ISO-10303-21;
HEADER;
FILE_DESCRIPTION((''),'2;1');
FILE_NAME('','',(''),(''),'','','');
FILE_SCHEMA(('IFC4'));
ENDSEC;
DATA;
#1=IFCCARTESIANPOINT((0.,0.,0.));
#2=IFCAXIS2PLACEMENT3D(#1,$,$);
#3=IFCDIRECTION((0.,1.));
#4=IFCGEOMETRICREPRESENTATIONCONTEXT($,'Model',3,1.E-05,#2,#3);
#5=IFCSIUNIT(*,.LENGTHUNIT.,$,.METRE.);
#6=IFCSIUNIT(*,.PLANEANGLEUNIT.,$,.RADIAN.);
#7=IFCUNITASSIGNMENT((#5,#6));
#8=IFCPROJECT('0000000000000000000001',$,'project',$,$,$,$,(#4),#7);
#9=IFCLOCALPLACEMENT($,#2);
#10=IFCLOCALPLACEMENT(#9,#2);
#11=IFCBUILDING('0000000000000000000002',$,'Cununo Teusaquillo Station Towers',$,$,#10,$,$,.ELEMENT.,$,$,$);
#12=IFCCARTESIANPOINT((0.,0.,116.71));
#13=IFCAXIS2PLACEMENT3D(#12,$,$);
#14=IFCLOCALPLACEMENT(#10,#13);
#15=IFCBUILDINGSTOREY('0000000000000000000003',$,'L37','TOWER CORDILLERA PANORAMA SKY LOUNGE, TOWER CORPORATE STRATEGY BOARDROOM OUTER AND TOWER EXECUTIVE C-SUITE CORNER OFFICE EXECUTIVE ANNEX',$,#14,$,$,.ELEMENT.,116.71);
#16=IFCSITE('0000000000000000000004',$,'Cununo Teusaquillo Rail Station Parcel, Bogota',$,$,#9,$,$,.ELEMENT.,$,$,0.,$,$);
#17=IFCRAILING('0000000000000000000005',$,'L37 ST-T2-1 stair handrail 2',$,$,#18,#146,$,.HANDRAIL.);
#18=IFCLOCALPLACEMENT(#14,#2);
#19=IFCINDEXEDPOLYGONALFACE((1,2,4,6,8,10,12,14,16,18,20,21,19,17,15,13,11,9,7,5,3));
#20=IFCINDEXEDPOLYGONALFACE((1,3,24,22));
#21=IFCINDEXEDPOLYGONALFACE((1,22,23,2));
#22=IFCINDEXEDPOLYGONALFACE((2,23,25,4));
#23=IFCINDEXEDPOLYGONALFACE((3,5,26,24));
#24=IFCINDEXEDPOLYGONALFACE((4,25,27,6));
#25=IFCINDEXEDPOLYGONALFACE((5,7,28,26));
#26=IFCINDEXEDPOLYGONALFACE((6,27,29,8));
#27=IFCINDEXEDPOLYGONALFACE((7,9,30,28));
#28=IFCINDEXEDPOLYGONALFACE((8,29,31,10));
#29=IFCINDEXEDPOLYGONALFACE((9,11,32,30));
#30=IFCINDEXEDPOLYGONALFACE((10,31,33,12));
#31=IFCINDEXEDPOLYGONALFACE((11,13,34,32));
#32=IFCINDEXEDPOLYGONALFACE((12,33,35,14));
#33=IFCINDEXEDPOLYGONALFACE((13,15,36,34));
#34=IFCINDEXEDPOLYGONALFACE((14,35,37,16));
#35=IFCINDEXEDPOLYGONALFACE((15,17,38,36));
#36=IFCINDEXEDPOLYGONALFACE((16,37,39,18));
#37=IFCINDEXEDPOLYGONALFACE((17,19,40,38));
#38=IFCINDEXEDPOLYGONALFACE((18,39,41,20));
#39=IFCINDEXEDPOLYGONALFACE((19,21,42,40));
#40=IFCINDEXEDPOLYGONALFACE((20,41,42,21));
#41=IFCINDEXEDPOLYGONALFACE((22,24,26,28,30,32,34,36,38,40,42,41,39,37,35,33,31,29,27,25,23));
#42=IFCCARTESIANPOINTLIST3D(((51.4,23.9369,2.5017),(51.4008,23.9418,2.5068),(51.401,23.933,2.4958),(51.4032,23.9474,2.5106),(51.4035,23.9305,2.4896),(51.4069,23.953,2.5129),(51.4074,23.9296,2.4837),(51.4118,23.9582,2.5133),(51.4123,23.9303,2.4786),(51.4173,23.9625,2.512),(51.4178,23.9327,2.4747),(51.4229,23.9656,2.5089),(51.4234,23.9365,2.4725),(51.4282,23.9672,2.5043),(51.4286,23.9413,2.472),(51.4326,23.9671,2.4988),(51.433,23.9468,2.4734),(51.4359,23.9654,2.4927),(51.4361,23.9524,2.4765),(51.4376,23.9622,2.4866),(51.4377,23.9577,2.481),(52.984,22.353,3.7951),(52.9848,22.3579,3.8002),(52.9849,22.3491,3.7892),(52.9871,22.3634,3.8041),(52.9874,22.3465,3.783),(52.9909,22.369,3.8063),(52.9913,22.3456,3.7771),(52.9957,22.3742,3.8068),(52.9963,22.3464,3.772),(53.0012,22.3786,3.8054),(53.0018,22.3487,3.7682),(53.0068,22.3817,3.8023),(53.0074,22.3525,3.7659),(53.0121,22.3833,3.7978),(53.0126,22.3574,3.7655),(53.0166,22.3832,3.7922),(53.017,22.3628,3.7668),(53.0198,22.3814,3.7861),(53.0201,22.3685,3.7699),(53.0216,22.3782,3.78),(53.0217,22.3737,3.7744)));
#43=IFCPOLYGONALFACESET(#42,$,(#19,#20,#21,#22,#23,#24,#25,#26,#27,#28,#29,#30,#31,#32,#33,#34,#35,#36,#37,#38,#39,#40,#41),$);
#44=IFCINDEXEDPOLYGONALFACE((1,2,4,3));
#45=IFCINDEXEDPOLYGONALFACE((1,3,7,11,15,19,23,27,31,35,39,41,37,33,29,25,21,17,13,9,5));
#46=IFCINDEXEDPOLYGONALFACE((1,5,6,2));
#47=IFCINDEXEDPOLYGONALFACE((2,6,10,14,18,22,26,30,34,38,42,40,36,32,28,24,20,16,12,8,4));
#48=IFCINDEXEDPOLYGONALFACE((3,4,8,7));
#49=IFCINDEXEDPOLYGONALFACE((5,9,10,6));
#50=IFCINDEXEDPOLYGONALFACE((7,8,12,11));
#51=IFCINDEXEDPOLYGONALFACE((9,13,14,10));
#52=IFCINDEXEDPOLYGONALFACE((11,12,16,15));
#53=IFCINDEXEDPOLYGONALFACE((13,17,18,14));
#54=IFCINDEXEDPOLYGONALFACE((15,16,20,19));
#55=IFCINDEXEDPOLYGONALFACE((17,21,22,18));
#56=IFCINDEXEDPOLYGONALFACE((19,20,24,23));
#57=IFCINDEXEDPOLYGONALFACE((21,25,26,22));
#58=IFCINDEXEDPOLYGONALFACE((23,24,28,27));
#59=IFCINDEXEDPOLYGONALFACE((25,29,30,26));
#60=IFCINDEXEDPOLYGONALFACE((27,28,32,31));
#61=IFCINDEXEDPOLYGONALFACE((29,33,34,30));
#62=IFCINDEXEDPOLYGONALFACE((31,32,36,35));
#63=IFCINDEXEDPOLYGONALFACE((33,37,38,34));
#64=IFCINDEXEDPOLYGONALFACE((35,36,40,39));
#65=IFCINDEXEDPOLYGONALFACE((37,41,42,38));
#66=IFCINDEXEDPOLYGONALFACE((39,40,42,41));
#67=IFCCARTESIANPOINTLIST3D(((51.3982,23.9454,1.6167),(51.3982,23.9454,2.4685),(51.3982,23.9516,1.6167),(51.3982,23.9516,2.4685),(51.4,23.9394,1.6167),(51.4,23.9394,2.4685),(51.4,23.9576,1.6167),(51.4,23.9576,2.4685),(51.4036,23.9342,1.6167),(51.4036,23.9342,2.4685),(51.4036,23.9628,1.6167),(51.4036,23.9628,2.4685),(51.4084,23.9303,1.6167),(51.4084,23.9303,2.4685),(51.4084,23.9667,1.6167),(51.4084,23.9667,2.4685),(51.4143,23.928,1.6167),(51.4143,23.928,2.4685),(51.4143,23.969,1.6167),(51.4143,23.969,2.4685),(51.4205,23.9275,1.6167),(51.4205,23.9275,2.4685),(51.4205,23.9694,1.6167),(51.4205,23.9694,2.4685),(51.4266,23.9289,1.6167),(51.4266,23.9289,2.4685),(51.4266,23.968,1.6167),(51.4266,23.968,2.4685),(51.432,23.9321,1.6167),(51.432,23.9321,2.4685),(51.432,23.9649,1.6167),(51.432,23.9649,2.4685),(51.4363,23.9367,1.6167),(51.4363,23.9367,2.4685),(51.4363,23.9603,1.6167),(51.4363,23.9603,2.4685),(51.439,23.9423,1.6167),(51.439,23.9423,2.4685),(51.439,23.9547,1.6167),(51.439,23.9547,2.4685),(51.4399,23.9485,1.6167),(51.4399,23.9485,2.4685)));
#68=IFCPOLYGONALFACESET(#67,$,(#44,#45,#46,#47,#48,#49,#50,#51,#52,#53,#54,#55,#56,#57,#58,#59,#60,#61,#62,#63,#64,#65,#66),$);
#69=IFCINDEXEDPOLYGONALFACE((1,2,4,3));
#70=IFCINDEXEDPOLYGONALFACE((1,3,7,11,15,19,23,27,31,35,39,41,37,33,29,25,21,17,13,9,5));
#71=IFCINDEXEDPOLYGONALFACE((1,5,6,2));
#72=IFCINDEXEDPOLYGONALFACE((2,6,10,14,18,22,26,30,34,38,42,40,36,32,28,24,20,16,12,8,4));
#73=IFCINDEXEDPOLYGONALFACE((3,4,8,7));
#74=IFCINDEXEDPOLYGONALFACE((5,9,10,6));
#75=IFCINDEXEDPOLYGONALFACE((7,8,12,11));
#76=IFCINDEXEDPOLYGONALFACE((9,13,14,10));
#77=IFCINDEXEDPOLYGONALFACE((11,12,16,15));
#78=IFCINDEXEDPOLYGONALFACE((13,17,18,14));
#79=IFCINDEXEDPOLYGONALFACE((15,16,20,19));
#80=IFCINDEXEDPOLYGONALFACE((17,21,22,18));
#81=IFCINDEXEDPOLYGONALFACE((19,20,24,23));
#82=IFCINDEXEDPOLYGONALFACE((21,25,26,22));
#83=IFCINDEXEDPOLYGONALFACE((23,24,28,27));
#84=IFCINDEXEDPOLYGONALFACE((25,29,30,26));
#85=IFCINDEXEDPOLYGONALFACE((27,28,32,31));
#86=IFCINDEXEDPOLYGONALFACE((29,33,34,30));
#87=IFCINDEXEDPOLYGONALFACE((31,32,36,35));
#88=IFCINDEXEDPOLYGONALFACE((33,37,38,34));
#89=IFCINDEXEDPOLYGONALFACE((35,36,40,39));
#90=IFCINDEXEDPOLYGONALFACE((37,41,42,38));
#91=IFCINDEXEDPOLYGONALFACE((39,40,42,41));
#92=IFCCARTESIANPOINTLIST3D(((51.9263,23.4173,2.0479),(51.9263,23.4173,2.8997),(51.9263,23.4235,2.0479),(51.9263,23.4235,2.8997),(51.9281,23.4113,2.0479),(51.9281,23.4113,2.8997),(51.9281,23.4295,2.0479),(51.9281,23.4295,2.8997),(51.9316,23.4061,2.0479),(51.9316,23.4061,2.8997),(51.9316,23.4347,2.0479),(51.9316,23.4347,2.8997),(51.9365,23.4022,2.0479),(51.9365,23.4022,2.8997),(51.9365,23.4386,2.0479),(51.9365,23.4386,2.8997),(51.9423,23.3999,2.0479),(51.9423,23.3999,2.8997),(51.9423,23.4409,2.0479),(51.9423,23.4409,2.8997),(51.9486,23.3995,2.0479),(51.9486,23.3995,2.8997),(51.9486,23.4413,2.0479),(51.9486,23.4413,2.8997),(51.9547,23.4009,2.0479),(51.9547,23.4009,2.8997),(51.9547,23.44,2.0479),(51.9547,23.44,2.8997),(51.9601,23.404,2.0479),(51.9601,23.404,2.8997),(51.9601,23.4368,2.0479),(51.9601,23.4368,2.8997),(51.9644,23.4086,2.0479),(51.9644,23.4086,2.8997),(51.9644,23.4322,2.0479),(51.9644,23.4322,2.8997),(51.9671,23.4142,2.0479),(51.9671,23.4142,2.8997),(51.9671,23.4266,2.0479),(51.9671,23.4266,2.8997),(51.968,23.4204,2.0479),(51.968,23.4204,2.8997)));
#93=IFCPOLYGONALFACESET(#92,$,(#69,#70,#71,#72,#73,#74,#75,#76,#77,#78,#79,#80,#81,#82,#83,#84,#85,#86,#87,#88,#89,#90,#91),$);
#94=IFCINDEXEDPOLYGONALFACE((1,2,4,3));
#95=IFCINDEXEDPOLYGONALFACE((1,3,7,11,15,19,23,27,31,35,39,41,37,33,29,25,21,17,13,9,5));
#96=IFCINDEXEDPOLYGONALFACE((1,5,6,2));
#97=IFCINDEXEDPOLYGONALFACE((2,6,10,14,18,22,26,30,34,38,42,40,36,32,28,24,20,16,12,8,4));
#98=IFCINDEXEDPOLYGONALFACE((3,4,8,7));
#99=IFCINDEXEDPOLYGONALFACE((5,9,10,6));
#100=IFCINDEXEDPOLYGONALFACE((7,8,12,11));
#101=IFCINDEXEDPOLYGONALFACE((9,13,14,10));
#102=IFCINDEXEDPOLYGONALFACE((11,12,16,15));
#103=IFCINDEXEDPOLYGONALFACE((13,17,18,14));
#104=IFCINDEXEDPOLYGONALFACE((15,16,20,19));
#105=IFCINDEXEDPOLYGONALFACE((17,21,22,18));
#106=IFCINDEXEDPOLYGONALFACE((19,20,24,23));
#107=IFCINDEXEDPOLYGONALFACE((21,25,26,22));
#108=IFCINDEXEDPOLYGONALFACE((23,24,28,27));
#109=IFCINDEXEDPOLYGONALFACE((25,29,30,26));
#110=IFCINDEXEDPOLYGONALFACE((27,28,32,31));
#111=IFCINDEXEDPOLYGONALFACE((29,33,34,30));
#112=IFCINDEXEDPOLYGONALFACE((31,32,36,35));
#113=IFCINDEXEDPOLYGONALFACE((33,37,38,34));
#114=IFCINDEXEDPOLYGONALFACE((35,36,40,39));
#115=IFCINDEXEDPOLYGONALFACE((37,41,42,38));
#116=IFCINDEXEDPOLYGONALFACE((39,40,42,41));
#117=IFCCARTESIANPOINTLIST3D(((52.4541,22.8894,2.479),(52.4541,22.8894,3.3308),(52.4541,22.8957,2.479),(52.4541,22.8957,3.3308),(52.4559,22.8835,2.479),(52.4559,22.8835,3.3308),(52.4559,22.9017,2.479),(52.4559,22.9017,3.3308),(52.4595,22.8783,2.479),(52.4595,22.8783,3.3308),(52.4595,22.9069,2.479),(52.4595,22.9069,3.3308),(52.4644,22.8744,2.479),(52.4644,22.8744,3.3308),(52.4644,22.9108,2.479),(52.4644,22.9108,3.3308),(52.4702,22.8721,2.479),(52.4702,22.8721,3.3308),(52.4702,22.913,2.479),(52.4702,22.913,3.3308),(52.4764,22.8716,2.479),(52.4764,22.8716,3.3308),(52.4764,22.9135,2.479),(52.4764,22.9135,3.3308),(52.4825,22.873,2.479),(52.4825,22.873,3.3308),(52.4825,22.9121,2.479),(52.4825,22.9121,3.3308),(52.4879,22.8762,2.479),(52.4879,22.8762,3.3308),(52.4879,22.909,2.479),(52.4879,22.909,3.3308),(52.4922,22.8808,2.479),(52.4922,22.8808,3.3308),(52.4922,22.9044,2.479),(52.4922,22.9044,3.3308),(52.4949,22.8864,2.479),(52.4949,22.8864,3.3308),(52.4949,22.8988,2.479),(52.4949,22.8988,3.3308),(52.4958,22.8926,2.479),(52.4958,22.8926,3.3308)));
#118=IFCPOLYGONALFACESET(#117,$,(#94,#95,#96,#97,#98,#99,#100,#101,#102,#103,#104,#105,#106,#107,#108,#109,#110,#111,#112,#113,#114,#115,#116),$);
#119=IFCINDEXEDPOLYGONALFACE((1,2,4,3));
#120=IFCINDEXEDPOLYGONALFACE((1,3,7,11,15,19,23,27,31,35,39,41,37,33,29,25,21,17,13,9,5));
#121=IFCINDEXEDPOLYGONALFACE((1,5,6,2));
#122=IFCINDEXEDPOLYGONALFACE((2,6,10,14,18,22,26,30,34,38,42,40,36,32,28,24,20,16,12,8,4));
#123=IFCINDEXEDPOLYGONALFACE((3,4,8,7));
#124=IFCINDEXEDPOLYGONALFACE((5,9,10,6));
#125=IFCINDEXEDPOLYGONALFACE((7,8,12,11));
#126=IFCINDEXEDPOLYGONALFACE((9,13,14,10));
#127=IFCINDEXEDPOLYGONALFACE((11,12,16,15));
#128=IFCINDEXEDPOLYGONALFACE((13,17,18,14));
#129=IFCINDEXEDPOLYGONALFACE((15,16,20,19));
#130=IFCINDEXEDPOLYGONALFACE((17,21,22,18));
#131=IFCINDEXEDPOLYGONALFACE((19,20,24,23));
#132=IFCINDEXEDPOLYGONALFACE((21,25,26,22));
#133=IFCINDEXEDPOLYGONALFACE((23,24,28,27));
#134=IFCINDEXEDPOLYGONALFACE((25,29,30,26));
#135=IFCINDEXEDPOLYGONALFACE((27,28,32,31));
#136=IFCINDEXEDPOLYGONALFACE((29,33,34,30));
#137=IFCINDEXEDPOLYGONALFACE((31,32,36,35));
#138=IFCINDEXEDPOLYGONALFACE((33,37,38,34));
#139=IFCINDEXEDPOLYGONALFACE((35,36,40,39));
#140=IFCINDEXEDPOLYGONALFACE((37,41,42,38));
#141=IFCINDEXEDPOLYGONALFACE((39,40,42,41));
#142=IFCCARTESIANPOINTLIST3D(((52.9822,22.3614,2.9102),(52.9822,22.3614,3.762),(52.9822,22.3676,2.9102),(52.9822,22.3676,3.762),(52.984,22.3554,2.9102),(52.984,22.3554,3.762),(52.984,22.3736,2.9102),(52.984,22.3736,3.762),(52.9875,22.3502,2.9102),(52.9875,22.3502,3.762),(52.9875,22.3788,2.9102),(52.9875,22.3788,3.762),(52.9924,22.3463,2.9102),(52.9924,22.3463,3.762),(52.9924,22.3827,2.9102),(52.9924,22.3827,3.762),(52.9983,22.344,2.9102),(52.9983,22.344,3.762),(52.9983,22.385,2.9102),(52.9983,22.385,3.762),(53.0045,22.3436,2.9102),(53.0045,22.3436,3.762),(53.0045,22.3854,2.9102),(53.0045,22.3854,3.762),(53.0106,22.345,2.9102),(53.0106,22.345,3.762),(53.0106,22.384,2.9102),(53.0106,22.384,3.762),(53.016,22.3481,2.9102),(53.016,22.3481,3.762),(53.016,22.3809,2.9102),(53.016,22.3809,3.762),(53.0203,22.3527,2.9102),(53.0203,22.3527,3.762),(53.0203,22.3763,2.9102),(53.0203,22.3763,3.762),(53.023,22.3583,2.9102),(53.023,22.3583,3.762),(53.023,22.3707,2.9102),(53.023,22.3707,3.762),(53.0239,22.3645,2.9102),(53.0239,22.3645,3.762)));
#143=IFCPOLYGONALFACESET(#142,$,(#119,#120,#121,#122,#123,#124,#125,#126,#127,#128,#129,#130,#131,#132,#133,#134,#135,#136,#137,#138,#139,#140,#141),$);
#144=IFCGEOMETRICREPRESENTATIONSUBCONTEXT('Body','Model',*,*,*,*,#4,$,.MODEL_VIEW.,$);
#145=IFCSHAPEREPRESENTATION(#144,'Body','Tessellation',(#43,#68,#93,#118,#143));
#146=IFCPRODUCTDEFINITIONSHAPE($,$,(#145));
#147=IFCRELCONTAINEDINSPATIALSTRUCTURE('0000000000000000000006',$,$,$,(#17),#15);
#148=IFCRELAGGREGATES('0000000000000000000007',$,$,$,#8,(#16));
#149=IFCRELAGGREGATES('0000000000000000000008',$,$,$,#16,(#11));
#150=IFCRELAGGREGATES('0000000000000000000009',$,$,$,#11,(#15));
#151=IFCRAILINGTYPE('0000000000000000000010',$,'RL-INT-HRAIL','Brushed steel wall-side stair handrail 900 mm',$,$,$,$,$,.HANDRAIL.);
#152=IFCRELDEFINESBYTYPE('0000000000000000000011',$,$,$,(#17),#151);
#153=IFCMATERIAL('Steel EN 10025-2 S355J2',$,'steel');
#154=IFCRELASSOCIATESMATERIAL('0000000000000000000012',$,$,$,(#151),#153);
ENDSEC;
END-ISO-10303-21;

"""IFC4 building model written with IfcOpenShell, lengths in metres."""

from ifc_helpers import new_model, si_unit, direction, frame, origin, origin_2d, place, context, subcontext, project, spatial, circle, extrude, material, type_object, element, save


model = new_model("IFC4")

# Units and contexts
model_context = context("Model", 3, precision=1e-05, world=origin(), true_north=direction((0.0, 1.0)))
body_context = subcontext(model_context, "Body", "Model", "MODEL_VIEW")
ifc_project = project(units=[si_unit("LENGTHUNIT", "METRE"), si_unit("PLANEANGLEUNIT", "RADIAN")], contexts=[model_context])

# Site, building, storey
site_placement = place(None, origin())
site = spatial("IfcSite", under=ifc_project, at=site_placement, Name="Cununo Teusaquillo Rail Station Parcel, Bogota", CompositionType="ELEMENT", RefElevation=0.0)
building_placement = place(site_placement, origin())
building = spatial("IfcBuilding", under=site, at=building_placement, Name="Cununo Teusaquillo Station Towers", CompositionType="ELEMENT")
storey_placement = place(building_placement, frame((0.0, 0.0, 116.71)))
storey = spatial("IfcBuildingStorey", under=building, at=storey_placement, Name="L37", Description="TOWER CORDILLERA PANORAMA SKY LOUNGE, TOWER CORPORATE STRATEGY BOARDROOM OUTER AND TOWER EXECUTIVE C-SUITE CORNER OFFICE EXECUTIVE ANNEX", CompositionType="ELEMENT", Elevation=116.71)

# Railing
ifc_material_1 = material(Name="Steel EN 10025-2 S355J2", Category="steel")
railing_type = type_object("IfcRailingType", Name="RL-INT-HRAIL", Description="Brushed steel wall-side stair handrail 900 mm", PredefinedType="HANDRAIL", material=ifc_material_1)
railing_placement = place(storey_placement, frame((51.4189, 23.9485, 1.6167)))
element("IfcRailing", 1, at=railing_placement, inside=storey, type_object=railing_type, Name="L37 ST-T2-1 stair handrail 2", PredefinedType="HANDRAIL", context=body_context, shape_type="SweptSolid", body=[
    extrude(circle(Radius=0.0239, at=origin_2d()), frame((0.0, 0.0, 0.876), z_axis=(0.612356, -0.612356, 0.50004), x_axis=(0.707107, 0.707107, 0.0)), (0.0, 0.0, 1.0), 2.5867),
    extrude(circle(Radius=0.021, at=origin_2d()), origin(), (0.0, 0.0, 1.0), 0.8518),
    extrude(circle(Radius=0.021, at=origin_2d()), frame((0.5281, -0.5281, 0.4312)), (0.0, 0.0, 1.0), 0.8518),
    extrude(circle(Radius=0.021, at=origin_2d()), frame((1.0559, -1.0559, 0.8623)), (0.0, 0.0, 1.0), 0.8518),
    extrude(circle(Radius=0.021, at=origin_2d()), frame((1.584, -1.584, 1.2935)), (0.0, 0.0, 1.0), 0.8518),
])

save(model, "model.ifc")
